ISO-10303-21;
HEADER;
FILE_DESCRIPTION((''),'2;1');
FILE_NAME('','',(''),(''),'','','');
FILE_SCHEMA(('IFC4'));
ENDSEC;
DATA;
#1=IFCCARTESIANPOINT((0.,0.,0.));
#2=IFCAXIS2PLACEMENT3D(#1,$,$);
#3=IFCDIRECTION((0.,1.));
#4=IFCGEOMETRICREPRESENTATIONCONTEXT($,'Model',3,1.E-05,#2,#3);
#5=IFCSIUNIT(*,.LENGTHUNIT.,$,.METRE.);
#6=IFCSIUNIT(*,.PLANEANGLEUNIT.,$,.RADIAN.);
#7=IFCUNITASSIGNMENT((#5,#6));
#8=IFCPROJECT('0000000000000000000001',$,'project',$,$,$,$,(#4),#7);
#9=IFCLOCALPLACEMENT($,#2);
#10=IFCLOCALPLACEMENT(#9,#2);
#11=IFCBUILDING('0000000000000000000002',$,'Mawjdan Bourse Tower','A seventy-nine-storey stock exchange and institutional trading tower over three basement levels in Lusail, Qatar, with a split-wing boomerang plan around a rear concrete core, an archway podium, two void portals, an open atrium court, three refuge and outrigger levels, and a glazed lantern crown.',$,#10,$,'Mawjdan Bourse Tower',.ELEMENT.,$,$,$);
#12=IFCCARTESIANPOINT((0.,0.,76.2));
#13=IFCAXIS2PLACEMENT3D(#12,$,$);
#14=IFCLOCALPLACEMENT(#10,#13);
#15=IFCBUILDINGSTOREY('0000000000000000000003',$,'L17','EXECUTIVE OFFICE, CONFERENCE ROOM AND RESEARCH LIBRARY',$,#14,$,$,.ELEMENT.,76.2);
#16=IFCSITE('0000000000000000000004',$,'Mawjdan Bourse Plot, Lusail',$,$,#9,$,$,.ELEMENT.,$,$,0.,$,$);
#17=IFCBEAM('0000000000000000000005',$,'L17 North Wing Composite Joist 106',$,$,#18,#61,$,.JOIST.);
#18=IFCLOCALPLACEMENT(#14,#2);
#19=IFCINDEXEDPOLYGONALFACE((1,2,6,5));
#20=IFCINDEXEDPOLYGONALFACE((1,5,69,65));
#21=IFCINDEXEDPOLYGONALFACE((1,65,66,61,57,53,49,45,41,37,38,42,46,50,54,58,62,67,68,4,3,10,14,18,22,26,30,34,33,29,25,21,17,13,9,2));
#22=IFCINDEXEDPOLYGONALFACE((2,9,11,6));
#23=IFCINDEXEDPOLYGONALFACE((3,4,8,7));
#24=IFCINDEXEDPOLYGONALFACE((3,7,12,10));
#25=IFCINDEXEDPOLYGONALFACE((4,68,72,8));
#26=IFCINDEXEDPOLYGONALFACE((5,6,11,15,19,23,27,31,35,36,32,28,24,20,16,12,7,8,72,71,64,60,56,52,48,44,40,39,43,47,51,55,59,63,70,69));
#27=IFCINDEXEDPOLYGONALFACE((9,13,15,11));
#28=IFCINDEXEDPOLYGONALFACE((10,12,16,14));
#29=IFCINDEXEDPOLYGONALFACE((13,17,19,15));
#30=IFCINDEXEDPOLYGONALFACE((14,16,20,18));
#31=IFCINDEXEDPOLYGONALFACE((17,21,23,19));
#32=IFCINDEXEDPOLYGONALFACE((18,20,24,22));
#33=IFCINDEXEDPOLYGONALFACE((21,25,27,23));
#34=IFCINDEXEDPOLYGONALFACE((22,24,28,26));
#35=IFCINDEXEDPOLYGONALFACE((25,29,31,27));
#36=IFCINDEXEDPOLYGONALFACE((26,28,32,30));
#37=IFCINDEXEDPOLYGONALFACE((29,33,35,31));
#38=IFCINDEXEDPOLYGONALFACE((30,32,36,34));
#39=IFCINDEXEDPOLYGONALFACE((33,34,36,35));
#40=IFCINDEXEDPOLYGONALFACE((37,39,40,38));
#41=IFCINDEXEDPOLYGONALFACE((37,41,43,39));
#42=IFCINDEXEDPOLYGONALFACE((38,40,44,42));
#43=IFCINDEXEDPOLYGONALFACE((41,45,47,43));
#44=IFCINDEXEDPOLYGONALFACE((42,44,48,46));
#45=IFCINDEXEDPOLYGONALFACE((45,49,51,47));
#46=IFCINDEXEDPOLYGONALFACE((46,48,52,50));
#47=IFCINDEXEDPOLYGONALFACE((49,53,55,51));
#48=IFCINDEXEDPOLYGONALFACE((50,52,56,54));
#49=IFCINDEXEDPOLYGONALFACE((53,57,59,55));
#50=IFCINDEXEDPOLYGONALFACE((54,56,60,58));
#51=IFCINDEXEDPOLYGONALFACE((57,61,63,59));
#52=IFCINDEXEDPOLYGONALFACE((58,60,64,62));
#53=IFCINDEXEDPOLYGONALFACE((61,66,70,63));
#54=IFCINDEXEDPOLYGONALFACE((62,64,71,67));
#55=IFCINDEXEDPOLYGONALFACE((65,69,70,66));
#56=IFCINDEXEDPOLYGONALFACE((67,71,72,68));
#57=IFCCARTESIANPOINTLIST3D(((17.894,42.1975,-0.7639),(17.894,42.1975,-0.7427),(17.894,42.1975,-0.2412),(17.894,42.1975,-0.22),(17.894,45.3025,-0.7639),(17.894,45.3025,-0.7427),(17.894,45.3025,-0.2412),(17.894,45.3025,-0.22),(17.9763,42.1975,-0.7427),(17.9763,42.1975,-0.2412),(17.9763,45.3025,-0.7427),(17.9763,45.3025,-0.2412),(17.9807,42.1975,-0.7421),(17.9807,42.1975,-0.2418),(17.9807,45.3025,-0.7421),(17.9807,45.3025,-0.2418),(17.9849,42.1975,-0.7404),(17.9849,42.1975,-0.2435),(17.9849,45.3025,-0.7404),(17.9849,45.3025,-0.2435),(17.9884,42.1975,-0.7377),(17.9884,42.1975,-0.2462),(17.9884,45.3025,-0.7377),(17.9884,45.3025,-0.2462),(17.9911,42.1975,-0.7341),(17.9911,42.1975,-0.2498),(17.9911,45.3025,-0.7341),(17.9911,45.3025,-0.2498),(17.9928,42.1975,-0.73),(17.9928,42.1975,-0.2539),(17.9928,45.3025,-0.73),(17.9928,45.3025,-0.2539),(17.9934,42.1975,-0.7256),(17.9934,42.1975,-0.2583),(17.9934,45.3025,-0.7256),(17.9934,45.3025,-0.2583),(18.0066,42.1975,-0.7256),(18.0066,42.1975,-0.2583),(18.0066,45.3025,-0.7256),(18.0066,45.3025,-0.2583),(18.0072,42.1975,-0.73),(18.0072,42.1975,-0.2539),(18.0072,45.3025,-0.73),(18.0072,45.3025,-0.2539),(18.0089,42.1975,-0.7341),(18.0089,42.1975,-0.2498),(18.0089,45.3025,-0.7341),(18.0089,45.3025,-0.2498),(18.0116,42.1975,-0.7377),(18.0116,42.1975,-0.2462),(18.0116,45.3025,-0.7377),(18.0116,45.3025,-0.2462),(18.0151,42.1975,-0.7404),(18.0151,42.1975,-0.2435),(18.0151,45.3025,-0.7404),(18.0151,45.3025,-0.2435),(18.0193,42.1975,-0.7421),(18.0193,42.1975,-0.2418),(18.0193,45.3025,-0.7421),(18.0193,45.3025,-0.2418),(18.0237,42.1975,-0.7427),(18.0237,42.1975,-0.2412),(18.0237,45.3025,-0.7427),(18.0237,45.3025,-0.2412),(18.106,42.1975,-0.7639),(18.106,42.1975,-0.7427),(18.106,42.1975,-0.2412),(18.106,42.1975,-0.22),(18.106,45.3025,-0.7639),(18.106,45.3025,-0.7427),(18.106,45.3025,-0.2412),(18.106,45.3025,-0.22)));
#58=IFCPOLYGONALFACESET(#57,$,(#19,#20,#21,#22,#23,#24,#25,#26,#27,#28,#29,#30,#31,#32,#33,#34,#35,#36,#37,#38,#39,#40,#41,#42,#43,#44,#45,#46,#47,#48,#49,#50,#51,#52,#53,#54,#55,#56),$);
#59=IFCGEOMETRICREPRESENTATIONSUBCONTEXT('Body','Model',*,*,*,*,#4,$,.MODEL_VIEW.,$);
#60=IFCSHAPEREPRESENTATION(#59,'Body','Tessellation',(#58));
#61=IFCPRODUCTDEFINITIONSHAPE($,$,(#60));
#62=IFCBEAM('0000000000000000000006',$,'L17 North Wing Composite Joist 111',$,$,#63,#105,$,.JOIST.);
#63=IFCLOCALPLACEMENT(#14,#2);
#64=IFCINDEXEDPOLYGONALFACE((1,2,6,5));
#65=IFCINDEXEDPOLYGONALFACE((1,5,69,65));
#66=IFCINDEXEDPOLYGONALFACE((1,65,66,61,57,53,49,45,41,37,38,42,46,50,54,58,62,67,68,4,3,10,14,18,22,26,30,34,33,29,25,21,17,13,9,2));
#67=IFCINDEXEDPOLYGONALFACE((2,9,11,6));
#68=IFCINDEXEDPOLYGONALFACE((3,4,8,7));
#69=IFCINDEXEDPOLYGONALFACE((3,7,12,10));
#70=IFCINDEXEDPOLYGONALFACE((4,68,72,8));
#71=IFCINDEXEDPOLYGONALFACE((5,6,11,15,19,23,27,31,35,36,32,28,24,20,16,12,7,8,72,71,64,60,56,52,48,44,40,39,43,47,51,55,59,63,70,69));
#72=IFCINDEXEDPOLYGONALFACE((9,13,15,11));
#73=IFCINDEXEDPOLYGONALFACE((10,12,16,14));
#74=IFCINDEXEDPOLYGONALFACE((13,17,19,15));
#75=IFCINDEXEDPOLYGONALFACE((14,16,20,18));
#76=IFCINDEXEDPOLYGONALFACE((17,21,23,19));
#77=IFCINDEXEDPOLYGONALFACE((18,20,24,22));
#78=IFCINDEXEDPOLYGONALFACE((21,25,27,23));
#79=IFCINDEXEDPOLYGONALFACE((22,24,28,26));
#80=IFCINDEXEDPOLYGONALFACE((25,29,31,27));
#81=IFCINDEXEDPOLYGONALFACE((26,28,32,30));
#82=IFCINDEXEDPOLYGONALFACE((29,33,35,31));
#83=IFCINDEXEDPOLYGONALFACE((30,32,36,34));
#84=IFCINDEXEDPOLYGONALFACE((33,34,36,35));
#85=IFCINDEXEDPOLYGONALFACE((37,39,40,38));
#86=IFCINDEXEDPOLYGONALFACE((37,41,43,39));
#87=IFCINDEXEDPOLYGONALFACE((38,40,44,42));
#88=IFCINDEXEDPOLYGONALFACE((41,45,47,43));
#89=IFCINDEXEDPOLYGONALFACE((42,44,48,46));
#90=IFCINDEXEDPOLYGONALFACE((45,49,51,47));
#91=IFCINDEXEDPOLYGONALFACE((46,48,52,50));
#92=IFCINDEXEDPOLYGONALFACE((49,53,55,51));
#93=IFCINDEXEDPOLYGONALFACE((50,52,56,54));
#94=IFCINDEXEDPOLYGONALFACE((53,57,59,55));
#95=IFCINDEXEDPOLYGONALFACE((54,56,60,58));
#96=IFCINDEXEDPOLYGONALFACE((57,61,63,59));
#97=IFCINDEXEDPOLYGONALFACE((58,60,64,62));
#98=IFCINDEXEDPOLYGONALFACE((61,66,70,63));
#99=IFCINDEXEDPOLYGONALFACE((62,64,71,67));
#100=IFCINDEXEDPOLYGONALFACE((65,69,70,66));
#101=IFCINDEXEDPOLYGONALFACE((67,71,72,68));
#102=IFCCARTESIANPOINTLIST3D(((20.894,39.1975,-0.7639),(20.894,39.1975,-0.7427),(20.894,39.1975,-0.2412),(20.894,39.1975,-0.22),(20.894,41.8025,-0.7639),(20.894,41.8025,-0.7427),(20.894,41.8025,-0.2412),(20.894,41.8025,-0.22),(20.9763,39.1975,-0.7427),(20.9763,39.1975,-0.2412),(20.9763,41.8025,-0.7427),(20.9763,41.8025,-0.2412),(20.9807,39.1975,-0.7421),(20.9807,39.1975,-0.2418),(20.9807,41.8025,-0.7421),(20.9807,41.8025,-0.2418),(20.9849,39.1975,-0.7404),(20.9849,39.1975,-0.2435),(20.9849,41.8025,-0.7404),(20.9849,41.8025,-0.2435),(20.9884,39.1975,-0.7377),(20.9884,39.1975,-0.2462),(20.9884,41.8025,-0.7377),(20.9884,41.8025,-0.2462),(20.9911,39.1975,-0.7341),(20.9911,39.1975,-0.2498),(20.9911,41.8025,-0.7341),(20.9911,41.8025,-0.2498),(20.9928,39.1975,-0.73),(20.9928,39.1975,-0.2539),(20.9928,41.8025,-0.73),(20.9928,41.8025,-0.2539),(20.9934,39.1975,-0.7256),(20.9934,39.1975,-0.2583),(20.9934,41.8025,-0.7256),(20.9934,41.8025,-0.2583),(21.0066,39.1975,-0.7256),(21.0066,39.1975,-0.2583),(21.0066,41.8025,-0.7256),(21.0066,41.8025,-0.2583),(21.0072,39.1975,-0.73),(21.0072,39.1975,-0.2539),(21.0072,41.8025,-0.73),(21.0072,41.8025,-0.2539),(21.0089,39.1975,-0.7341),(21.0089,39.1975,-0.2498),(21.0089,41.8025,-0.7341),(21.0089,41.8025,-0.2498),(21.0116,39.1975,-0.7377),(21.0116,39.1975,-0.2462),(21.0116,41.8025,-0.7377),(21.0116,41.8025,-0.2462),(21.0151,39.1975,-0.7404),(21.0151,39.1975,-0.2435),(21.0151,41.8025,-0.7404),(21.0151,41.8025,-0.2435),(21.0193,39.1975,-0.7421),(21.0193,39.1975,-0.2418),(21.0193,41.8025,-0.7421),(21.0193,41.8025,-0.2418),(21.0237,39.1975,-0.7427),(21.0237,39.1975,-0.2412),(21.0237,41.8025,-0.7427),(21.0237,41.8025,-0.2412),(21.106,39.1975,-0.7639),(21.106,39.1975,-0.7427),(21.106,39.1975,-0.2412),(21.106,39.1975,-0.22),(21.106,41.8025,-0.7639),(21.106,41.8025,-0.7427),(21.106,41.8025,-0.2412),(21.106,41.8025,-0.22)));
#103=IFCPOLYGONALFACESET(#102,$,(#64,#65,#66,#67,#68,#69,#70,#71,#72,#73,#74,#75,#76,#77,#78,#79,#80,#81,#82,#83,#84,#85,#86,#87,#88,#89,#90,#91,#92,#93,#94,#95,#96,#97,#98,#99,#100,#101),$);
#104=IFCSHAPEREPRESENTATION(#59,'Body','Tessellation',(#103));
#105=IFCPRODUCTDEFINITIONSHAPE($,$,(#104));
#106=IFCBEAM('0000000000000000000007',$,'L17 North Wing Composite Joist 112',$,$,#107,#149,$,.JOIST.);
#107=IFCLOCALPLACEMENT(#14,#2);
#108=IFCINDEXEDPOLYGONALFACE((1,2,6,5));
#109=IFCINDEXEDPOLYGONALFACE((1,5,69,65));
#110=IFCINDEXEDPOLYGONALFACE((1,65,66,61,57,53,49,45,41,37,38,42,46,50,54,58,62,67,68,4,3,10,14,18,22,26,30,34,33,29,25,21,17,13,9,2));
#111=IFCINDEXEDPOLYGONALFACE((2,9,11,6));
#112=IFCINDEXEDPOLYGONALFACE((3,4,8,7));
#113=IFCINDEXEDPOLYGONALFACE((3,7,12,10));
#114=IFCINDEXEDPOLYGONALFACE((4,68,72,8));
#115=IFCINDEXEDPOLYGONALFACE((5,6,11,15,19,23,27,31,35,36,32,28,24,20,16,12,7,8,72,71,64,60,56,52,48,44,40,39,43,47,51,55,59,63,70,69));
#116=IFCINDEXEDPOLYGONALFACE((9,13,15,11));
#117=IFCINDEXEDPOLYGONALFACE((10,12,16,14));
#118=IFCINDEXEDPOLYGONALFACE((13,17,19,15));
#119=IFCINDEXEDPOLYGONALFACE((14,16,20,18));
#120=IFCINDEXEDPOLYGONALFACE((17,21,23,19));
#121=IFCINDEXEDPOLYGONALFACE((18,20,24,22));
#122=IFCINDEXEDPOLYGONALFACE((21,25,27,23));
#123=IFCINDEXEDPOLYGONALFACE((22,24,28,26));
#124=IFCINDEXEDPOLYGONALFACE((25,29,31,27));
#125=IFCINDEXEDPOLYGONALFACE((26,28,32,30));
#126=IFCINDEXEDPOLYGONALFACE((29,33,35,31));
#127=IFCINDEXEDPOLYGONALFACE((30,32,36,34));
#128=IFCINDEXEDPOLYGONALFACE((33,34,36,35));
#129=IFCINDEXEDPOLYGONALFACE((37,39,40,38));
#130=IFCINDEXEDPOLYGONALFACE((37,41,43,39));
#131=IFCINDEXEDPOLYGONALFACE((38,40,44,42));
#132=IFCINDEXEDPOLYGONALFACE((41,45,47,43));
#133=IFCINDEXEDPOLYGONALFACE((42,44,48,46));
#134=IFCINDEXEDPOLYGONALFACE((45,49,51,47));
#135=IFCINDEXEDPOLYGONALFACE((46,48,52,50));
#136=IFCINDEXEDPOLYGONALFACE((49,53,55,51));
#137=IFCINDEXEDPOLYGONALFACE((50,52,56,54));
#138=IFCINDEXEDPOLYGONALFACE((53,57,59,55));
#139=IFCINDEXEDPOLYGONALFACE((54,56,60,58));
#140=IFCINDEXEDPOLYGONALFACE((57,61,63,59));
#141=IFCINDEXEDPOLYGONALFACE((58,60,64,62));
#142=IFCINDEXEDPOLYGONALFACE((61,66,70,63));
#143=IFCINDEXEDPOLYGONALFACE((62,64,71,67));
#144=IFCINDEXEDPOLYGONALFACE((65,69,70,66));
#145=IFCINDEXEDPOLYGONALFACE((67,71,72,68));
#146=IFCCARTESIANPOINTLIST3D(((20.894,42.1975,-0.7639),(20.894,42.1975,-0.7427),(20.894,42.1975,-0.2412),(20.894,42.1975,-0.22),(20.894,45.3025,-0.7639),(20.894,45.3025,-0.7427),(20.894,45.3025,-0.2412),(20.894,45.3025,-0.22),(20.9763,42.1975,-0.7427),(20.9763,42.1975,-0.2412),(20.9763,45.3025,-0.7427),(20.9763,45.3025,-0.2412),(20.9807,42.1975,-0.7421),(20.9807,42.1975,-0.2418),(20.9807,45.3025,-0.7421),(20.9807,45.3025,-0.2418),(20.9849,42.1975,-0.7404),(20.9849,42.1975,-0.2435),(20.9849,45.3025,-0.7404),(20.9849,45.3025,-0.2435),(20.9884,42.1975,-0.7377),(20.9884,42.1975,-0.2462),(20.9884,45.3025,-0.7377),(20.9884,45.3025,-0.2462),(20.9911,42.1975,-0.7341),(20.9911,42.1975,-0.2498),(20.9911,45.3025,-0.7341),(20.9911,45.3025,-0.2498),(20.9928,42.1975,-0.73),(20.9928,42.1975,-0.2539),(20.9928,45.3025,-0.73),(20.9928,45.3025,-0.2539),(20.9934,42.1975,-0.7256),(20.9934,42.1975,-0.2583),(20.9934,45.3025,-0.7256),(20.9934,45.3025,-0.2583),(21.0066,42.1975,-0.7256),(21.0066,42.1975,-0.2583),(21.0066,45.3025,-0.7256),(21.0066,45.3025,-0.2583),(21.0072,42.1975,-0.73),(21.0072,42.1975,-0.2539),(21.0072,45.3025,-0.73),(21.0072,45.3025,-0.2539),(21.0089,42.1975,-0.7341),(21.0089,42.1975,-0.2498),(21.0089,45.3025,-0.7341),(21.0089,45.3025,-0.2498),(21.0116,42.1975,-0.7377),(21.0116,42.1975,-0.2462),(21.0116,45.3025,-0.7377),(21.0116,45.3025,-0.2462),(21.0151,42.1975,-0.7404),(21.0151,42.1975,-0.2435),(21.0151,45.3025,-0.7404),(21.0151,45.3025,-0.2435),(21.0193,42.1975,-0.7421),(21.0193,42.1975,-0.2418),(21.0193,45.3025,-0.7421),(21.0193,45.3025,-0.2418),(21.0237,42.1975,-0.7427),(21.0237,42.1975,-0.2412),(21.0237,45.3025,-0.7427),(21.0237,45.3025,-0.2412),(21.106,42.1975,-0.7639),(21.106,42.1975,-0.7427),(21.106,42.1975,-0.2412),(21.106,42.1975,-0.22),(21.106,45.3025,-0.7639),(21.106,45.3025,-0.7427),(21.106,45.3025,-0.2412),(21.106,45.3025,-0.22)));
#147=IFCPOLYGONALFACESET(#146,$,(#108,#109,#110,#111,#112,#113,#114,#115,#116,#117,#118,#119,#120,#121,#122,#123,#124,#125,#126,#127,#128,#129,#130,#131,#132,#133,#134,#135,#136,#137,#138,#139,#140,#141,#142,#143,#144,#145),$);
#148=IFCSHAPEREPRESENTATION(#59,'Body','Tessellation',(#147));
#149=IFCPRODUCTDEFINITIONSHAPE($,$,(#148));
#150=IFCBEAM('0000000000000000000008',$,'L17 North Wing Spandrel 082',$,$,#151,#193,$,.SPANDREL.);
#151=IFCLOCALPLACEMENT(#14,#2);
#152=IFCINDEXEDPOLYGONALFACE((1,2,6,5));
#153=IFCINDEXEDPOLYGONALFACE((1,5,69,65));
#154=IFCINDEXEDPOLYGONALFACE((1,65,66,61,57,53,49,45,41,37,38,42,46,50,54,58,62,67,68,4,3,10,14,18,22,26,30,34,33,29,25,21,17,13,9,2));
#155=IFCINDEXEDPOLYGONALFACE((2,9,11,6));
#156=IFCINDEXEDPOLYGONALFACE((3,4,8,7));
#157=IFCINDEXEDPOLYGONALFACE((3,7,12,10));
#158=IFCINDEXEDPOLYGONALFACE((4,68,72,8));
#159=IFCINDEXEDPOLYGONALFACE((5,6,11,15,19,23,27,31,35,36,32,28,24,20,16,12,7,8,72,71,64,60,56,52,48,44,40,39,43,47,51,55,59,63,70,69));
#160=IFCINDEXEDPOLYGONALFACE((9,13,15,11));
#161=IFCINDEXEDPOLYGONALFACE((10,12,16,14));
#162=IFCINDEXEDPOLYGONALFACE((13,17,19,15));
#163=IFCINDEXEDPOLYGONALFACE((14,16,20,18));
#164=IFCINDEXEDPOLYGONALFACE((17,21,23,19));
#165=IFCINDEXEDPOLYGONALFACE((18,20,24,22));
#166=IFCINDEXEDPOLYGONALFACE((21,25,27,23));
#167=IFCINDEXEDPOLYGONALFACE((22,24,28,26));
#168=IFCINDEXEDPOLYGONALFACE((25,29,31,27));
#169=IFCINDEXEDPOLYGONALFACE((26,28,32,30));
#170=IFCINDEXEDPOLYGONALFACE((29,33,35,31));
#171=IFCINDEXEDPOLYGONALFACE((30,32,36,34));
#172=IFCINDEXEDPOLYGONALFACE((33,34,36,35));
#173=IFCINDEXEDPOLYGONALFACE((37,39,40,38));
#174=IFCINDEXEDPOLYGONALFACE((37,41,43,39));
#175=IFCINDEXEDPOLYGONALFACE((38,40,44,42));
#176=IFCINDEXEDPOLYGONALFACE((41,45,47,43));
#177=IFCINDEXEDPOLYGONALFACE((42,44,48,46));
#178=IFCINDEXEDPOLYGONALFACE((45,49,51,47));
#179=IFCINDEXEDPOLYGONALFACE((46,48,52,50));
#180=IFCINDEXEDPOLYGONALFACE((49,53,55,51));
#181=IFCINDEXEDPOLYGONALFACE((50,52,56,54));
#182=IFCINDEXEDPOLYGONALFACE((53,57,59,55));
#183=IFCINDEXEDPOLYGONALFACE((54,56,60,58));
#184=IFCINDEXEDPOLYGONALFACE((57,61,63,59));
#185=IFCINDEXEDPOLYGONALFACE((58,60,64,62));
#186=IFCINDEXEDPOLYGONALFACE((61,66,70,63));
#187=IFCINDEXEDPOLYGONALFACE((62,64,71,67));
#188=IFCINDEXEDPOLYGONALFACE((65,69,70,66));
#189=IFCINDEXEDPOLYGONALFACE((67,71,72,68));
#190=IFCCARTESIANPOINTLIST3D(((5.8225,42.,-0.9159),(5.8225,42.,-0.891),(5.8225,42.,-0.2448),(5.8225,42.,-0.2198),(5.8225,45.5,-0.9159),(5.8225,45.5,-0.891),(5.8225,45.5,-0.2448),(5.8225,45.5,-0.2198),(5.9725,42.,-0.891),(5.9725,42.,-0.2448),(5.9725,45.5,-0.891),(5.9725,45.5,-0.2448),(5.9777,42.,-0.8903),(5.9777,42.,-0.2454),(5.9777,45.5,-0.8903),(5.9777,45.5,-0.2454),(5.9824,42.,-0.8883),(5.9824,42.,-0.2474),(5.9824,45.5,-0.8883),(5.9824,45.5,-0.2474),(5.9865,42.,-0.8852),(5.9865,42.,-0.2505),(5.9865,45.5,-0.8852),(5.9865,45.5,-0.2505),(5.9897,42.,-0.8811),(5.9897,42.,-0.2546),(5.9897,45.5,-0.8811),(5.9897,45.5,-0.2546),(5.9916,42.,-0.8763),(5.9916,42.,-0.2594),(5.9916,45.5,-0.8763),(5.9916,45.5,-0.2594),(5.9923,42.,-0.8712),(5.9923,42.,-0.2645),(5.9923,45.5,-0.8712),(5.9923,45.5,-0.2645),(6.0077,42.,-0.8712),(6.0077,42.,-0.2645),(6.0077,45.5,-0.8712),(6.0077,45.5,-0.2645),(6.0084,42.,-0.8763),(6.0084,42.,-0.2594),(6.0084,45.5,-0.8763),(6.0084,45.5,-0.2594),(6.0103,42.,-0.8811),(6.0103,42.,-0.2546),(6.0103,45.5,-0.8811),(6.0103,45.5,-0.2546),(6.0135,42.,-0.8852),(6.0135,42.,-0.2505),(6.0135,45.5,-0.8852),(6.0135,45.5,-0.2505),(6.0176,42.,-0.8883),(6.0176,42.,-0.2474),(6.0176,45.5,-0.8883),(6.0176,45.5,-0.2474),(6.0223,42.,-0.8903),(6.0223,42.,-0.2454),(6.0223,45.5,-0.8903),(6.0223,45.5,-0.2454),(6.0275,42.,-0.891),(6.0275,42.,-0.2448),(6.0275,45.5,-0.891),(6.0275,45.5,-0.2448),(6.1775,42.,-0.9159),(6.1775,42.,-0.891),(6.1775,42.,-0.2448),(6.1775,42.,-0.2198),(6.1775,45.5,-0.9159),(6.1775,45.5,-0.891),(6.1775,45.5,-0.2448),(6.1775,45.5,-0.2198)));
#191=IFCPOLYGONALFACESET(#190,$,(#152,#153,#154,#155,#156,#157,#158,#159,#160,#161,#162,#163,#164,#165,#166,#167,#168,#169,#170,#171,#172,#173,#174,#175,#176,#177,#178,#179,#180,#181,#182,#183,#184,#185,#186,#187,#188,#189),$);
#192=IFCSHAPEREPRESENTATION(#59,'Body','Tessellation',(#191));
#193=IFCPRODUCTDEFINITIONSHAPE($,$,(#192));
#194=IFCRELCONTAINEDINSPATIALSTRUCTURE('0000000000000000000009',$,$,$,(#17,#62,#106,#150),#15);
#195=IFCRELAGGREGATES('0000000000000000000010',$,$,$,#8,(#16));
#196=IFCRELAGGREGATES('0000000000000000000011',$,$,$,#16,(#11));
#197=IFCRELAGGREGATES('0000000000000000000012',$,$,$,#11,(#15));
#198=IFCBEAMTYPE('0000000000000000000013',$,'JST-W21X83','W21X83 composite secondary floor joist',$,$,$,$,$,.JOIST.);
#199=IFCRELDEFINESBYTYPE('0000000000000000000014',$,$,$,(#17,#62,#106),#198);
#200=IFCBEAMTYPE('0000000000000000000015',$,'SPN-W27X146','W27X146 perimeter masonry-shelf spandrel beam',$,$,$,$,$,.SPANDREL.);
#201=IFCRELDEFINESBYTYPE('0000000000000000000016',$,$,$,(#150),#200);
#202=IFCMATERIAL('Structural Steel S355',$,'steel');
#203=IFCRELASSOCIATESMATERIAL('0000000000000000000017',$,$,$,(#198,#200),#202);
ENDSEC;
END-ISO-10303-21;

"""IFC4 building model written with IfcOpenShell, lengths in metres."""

from ifc_helpers import new_model, si_unit, direction, frame, origin, origin_2d, place, context, subcontext, project, spatial, i_section, extrude, material, material_profile, profile_set, type_object, element, save


model = new_model("IFC4")

# Units and contexts
model_context = context("Model", 3, precision=1e-05, world=origin(), true_north=direction((0.0, 1.0)))
body_context = subcontext(model_context, "Body", "Model", "MODEL_VIEW")
ifc_project = project(units=[si_unit("LENGTHUNIT", "METRE"), si_unit("PLANEANGLEUNIT", "RADIAN")], contexts=[model_context])

# Site, building, storey
site_placement = place(None, origin())
site = spatial("IfcSite", under=ifc_project, at=site_placement, Name="Mawjdan Bourse Plot, Lusail", CompositionType="ELEMENT", RefElevation=0.0)
building_placement = place(site_placement, origin())
building = spatial("IfcBuilding", under=site, at=building_placement, Name="Mawjdan Bourse Tower", Description="A seventy-nine-storey stock exchange and institutional trading tower over three basement levels in Lusail, Qatar, with a split-wing boomerang plan around a rear concrete core, an archway podium, two void portals, an open atrium court, three refuge and outrigger levels, and a glazed lantern crown.", LongName="Mawjdan Bourse Tower", CompositionType="ELEMENT")
storey_placement = place(building_placement, frame((0.0, 0.0, 76.2)))
storey = spatial("IfcBuildingStorey", under=building, at=storey_placement, Name="L17", Description="EXECUTIVE OFFICE, CONFERENCE ROOM AND RESEARCH LIBRARY", CompositionType="ELEMENT", Elevation=76.2)

# Beams
ifc_material_1 = material(Name="Structural Steel S355", Category="steel")
ifc_material_profile_1 = material_profile(ifc_material_1, i_section(OverallWidth=0.2119, OverallDepth=0.5439, WebThickness=0.0132, FlangeThickness=0.0212, FilletRadius=0.0171, at=origin_2d()), Name="W21X83")
ifc_profile_set_1 = profile_set([ifc_material_profile_1], Name="Structural Steel S355")
beam_type_1 = type_object("IfcBeamType", Name="JST-W21X83", Description="W21X83 composite secondary floor joist", PredefinedType="JOIST", material=ifc_profile_set_1)
beam_1_placement = place(storey_placement, frame((18.0, 42.1975, -0.4919), z_axis=(0.0, 1.0, 0.0), x_axis=(-1.0, 0.0, 0.0)))
element("IfcBeam", 1, at=beam_1_placement, inside=storey, type_object=beam_type_1, Name="L17 North Wing Composite Joist 106", PredefinedType="JOIST", context=body_context, shape_type="SweptSolid", body=[
    extrude(i_section(OverallWidth=0.2119, OverallDepth=0.5439, WebThickness=0.0132, FlangeThickness=0.0212, FilletRadius=0.0171, at=origin_2d()), origin(), (0.0, 0.0, 1.0), 3.105),
])
beam_2_placement = place(storey_placement, frame((21.0, 39.1975, -0.4919), z_axis=(0.0, 1.0, 0.0), x_axis=(-1.0, 0.0, 0.0)))
element("IfcBeam", 2, at=beam_2_placement, inside=storey, type_object=beam_type_1, Name="L17 North Wing Composite Joist 111", PredefinedType="JOIST", context=body_context, shape_type="SweptSolid", body=[
    extrude(i_section(OverallWidth=0.2119, OverallDepth=0.5439, WebThickness=0.0132, FlangeThickness=0.0212, FilletRadius=0.0171, at=origin_2d()), origin(), (0.0, 0.0, 1.0), 2.605),
])
beam_3_placement = place(storey_placement, frame((21.0, 42.1975, -0.4919), z_axis=(0.0, 1.0, 0.0), x_axis=(-1.0, 0.0, 0.0)))
element("IfcBeam", 3, at=beam_3_placement, inside=storey, type_object=beam_type_1, Name="L17 North Wing Composite Joist 112", PredefinedType="JOIST", context=body_context, shape_type="SweptSolid", body=[
    extrude(i_section(OverallWidth=0.2119, OverallDepth=0.5439, WebThickness=0.0132, FlangeThickness=0.0212, FilletRadius=0.0171, at=origin_2d()), origin(), (0.0, 0.0, 1.0), 3.105),
])
ifc_material_profile_2 = material_profile(ifc_material_1, i_section(OverallWidth=0.355, OverallDepth=0.696, WebThickness=0.0154, FlangeThickness=0.0249, FilletRadius=0.0198, at=origin_2d()), Name="W27X146")
ifc_profile_set_2 = profile_set([ifc_material_profile_2], Name="Structural Steel S355")
beam_type_2 = type_object("IfcBeamType", Name="SPN-W27X146", Description="W27X146 perimeter masonry-shelf spandrel beam", PredefinedType="SPANDREL", material=ifc_profile_set_2)
beam_4_placement = place(storey_placement, frame((6.0, 42.0, -0.5679), z_axis=(0.0, 1.0, 0.0), x_axis=(-1.0, 0.0, 0.0)))
element("IfcBeam", 4, at=beam_4_placement, inside=storey, type_object=beam_type_2, Name="L17 North Wing Spandrel 082", PredefinedType="SPANDREL", context=body_context, shape_type="SweptSolid", body=[
    extrude(i_section(OverallWidth=0.355, OverallDepth=0.696, WebThickness=0.0154, FlangeThickness=0.0249, FilletRadius=0.0198, at=origin_2d()), origin(), (0.0, 0.0, 1.0), 3.5),
])

save(model, "model.ifc")
